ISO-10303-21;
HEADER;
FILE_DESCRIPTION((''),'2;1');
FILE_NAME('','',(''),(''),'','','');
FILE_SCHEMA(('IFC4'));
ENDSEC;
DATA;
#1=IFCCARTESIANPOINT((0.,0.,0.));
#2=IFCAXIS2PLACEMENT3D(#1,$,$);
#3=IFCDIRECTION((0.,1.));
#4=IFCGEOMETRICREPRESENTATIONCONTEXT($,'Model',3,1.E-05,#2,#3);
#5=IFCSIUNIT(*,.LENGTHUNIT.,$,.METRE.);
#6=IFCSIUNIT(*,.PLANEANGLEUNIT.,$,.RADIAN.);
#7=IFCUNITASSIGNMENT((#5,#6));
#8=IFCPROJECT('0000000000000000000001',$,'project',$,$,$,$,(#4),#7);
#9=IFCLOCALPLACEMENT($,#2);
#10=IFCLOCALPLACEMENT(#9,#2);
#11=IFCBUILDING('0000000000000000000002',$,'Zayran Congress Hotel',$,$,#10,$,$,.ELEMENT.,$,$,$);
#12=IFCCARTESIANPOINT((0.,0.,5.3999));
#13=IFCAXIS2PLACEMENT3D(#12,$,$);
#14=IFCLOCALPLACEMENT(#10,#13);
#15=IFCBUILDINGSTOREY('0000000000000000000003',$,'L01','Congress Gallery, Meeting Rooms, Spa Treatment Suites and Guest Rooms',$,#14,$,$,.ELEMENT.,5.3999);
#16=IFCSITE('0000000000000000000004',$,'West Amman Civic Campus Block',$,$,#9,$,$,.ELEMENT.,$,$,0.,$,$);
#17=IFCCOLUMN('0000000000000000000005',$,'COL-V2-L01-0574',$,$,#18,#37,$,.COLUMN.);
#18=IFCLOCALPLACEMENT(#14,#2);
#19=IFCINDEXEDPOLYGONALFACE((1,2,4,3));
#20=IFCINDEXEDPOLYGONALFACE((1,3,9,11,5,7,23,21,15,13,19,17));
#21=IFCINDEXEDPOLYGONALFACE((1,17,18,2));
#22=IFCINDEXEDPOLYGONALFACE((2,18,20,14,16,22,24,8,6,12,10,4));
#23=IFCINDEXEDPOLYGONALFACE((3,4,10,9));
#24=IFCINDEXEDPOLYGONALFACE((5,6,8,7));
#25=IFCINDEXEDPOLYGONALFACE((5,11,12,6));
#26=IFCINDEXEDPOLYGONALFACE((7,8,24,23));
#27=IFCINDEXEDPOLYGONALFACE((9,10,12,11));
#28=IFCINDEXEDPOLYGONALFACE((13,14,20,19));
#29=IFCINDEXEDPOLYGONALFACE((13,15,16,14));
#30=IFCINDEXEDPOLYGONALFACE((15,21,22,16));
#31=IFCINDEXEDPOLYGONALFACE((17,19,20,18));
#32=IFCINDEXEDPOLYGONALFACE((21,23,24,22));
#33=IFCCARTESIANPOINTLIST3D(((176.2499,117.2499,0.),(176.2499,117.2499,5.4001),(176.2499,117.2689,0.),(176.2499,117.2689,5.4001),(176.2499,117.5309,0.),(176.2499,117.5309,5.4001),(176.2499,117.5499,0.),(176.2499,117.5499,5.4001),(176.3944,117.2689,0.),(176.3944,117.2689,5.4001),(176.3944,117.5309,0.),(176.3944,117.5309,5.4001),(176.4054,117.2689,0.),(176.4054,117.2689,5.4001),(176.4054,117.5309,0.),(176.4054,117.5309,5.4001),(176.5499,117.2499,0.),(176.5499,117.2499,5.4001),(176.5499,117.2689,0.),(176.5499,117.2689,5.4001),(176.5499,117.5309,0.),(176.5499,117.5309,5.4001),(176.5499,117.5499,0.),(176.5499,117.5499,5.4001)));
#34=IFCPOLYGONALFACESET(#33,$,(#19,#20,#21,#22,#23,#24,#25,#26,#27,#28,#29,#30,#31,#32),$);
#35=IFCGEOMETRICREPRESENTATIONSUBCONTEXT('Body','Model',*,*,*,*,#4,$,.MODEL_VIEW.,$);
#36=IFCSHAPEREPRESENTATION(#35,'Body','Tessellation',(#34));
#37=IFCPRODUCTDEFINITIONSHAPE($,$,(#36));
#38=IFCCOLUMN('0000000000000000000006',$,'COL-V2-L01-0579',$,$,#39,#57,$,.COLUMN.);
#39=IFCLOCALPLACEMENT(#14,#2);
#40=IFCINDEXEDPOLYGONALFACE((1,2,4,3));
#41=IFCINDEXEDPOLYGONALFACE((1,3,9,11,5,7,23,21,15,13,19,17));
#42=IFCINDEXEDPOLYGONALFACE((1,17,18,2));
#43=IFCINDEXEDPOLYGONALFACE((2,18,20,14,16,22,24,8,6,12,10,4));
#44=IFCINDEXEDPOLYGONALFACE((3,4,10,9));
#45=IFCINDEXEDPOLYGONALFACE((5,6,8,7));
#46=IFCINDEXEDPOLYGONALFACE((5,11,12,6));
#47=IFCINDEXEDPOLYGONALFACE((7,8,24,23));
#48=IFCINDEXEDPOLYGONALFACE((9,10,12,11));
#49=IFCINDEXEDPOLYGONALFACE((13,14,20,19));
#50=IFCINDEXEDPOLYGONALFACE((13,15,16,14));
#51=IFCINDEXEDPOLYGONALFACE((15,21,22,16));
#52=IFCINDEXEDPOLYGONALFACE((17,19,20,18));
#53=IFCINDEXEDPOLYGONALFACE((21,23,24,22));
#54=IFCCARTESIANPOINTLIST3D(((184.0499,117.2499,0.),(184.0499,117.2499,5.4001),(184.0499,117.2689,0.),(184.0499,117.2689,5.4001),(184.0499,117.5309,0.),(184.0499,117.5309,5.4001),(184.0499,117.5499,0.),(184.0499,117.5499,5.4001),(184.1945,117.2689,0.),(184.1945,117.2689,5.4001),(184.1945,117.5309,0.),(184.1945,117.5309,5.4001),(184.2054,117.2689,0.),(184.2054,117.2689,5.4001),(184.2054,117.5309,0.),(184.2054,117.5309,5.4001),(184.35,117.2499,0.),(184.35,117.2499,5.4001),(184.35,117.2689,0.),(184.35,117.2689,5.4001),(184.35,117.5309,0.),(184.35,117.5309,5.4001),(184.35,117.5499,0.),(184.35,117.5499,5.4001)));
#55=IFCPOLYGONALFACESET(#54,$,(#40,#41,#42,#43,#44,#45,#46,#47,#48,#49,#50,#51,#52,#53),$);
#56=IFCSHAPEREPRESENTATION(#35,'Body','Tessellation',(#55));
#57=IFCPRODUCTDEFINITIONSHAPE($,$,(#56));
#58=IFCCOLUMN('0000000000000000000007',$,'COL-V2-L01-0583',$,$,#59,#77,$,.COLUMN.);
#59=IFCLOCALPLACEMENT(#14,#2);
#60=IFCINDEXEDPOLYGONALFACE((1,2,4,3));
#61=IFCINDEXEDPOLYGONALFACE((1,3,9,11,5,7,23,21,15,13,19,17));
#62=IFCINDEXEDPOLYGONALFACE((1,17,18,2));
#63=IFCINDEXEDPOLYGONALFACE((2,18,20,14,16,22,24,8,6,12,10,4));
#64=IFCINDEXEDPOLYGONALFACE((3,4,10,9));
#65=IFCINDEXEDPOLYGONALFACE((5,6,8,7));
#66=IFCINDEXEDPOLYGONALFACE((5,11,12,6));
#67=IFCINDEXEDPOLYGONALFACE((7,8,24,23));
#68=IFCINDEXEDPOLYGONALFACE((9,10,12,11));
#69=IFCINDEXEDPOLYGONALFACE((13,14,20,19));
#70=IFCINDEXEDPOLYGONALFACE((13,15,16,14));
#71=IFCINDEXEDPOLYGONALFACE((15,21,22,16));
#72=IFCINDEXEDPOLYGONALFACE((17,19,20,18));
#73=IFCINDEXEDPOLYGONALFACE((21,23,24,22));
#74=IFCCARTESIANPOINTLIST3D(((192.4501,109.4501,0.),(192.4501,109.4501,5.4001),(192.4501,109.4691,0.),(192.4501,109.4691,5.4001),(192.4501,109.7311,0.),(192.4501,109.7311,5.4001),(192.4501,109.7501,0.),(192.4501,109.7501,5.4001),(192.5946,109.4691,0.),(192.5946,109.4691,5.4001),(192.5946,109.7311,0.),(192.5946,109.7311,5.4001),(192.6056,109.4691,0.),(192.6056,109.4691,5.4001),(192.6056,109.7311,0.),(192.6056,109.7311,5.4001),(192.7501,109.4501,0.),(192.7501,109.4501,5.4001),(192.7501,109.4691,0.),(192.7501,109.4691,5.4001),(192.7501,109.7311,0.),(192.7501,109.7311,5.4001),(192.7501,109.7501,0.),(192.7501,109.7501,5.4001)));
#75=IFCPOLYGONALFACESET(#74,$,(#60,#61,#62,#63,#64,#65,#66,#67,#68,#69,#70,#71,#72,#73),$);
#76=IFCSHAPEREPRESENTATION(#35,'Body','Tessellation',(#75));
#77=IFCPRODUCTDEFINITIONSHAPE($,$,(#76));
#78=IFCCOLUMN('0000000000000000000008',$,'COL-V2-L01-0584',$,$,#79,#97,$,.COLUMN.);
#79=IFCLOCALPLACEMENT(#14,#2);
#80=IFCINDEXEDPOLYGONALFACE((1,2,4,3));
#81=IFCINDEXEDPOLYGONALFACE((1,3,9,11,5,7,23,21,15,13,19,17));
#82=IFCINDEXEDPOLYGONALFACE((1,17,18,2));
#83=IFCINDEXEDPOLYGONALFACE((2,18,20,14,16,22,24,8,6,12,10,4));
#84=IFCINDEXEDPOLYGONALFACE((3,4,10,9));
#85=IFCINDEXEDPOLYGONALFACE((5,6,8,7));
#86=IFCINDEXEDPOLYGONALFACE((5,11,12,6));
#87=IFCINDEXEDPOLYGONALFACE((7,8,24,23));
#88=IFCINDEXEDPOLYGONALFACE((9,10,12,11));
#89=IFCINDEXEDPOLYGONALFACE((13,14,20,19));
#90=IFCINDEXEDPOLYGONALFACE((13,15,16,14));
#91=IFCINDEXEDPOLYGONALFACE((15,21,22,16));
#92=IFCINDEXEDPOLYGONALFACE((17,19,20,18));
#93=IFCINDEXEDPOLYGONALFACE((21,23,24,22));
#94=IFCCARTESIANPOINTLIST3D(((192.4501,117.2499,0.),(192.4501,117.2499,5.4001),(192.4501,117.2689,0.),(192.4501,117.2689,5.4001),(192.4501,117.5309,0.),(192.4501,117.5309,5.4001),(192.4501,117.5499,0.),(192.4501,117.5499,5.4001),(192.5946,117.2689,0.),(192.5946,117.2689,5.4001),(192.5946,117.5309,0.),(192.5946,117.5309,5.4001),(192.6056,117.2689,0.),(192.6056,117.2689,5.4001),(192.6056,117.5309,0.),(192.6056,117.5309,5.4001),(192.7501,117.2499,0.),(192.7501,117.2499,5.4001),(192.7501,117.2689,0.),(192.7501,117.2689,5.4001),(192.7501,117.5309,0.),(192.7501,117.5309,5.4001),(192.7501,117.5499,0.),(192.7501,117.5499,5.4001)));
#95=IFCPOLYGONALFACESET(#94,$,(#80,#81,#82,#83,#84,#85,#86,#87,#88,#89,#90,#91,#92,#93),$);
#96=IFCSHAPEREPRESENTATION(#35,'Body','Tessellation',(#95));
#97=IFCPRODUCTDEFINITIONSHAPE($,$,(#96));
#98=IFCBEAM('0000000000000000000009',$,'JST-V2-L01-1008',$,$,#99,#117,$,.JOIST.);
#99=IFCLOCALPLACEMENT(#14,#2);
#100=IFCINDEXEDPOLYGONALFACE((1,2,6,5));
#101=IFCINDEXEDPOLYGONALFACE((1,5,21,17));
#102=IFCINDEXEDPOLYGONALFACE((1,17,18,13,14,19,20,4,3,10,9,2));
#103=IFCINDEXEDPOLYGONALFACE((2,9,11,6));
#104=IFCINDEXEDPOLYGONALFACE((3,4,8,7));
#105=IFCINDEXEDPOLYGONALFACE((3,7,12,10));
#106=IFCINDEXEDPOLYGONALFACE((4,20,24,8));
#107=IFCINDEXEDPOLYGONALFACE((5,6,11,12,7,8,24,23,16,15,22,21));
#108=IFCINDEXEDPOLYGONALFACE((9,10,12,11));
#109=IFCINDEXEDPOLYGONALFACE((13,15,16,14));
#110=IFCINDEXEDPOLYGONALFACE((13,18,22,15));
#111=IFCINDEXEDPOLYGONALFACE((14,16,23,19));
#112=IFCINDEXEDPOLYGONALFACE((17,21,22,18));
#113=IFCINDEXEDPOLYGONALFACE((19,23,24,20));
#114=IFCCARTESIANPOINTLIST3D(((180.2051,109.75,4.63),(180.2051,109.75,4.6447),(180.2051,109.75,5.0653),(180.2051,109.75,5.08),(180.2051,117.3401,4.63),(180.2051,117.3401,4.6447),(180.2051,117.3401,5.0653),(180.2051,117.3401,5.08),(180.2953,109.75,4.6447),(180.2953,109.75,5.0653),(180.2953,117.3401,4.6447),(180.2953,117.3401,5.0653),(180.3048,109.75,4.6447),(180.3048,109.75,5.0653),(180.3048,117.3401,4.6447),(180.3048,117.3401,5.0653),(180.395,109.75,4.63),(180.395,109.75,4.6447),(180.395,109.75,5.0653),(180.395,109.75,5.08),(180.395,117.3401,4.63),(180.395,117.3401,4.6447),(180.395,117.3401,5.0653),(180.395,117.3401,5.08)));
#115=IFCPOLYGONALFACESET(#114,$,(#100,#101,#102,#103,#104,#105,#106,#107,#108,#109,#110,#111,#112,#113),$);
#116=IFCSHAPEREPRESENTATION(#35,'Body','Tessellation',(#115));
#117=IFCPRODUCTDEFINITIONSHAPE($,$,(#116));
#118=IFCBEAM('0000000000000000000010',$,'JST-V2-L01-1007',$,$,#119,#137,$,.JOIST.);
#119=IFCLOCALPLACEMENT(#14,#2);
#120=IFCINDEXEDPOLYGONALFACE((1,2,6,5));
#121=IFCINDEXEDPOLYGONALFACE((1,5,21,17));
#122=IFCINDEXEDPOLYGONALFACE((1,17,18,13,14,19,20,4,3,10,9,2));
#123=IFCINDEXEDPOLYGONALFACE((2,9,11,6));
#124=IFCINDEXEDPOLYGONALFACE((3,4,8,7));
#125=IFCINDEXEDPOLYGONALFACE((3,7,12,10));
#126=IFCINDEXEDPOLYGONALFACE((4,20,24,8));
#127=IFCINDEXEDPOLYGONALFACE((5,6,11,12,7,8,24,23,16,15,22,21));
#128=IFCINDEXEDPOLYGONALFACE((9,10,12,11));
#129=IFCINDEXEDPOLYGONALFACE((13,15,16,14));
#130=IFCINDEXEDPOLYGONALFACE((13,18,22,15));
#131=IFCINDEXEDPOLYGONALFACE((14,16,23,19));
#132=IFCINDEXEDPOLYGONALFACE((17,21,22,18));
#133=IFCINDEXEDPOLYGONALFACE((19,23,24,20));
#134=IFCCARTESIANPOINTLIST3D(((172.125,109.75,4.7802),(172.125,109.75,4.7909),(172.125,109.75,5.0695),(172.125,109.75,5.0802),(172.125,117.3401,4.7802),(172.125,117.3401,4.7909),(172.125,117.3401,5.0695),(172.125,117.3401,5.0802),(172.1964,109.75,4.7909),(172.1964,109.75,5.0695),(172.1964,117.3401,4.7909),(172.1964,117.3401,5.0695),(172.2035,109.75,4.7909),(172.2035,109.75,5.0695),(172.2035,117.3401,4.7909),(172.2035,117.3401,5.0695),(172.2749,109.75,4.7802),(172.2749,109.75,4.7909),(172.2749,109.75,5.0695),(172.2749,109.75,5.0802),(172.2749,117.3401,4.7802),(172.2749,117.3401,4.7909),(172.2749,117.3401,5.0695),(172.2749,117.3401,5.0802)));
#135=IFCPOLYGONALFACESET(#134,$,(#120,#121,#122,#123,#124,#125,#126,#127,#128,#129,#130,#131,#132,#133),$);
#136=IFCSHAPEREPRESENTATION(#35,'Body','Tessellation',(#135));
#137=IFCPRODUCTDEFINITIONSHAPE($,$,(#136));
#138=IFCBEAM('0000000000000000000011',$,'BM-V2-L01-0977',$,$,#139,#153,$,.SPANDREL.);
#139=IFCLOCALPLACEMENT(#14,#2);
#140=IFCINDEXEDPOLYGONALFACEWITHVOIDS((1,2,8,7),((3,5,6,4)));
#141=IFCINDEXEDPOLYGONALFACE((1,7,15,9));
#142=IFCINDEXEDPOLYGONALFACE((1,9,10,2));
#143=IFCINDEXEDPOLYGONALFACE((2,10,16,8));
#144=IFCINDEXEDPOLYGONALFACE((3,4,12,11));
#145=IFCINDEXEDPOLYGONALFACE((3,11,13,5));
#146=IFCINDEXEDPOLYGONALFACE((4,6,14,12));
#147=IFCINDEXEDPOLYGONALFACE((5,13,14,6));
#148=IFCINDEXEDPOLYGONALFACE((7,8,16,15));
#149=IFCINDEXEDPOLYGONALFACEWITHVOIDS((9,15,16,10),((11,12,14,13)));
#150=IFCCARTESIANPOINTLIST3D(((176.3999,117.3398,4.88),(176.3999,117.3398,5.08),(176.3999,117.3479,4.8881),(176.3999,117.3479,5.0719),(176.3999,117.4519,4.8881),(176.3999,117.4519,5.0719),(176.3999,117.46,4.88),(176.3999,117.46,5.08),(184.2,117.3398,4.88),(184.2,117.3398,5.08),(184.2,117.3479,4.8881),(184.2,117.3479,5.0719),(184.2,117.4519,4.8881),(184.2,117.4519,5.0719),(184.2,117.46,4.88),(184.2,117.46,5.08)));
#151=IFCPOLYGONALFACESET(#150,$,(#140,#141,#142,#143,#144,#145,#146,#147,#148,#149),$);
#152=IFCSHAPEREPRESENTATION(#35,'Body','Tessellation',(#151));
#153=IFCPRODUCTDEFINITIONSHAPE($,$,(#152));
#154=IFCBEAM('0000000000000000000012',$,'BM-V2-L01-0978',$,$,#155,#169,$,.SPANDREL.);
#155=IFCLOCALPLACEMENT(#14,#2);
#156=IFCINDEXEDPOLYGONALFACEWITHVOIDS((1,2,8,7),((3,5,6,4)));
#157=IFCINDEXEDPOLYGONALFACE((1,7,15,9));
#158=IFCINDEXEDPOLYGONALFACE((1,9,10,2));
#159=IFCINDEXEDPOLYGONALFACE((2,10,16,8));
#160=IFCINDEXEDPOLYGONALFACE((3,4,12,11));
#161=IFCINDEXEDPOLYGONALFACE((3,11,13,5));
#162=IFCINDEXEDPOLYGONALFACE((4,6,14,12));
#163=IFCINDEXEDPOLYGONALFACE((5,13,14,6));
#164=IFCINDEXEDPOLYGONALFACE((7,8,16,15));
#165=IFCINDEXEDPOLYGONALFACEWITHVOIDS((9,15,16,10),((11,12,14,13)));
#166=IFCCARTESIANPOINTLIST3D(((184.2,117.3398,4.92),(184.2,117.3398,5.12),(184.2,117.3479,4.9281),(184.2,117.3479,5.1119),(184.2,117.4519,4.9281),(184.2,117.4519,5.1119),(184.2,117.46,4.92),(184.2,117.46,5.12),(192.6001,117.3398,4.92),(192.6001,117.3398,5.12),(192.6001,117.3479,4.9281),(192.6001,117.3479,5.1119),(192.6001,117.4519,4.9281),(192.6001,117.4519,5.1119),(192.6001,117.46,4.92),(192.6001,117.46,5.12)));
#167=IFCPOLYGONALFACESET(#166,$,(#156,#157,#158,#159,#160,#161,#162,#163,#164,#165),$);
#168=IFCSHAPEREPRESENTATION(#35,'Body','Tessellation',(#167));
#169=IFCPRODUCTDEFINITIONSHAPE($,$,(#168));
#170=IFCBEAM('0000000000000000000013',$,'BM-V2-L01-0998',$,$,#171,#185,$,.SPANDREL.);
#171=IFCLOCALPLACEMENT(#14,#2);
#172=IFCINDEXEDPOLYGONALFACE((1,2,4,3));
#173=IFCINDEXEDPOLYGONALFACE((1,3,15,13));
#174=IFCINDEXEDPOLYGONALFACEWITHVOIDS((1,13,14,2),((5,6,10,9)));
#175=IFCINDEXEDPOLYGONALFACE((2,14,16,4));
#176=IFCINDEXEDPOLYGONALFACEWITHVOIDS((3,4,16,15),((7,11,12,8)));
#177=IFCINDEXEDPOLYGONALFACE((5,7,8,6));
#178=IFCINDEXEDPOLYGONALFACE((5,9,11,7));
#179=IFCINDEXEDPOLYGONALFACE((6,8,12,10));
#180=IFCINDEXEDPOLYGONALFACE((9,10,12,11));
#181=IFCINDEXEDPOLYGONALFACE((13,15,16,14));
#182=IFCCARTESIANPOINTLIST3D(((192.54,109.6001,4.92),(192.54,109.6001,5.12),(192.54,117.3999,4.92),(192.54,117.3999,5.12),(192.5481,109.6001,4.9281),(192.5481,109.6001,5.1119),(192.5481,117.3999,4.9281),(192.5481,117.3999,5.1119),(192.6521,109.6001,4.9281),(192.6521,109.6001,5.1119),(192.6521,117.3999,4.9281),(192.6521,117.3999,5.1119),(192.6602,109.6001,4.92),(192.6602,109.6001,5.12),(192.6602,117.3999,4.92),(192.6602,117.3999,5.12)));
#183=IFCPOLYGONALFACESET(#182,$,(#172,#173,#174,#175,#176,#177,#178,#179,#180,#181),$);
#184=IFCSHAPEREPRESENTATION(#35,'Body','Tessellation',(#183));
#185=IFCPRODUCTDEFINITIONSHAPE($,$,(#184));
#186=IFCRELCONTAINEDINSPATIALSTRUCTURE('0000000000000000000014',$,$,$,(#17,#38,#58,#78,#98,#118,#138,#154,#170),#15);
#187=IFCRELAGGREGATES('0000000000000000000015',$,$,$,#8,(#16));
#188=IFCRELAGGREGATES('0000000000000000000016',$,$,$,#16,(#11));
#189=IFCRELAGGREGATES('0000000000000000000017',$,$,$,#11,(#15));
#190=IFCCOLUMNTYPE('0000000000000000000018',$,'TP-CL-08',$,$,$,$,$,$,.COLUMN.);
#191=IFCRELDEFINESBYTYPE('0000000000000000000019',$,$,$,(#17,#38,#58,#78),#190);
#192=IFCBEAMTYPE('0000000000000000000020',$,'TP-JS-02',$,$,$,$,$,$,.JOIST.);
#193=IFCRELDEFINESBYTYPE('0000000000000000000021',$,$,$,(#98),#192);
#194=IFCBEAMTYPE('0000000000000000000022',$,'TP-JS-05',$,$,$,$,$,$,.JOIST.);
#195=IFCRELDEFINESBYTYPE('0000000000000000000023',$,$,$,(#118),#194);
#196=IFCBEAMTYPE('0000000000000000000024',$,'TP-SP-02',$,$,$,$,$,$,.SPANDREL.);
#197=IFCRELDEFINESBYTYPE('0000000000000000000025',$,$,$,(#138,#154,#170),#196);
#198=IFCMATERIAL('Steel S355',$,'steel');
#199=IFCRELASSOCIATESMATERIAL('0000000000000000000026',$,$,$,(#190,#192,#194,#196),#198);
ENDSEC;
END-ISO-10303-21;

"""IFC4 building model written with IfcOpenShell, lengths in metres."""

from ifc_helpers import new_model, si_unit, direction, frame, origin, origin_2d, place, context, subcontext, project, spatial, hollow_rectangle, i_section, extrude, material, material_profile, profile_set, type_object, element, save


model = new_model("IFC4")

# Units and contexts
model_context = context("Model", 3, precision=1e-05, world=origin(), true_north=direction((0.0, 1.0)))
body_context = subcontext(model_context, "Body", "Model", "MODEL_VIEW")
ifc_project = project(units=[si_unit("LENGTHUNIT", "METRE"), si_unit("PLANEANGLEUNIT", "RADIAN")], contexts=[model_context])

# Site, building, storey
site_placement = place(None, origin())
site = spatial("IfcSite", under=ifc_project, at=site_placement, Name="West Amman Civic Campus Block", CompositionType="ELEMENT", RefElevation=0.0)
building_placement = place(site_placement, origin())
building = spatial("IfcBuilding", under=site, at=building_placement, Name="Zayran Congress Hotel", CompositionType="ELEMENT")
storey_placement = place(building_placement, frame((0.0, 0.0, 5.3999)))
storey = spatial("IfcBuildingStorey", under=building, at=storey_placement, Name="L01", Description="Congress Gallery, Meeting Rooms, Spa Treatment Suites and Guest Rooms", CompositionType="ELEMENT", Elevation=5.3999)

# Columns
ifc_material_1 = material(Name="Steel S355", Category="steel")
ifc_material_profile_1 = material_profile(ifc_material_1, i_section(OverallWidth=0.3, OverallDepth=0.3, WebThickness=0.011, FlangeThickness=0.019, at=origin_2d()), Name="HEB 300")
ifc_profile_set_1 = profile_set([ifc_material_profile_1], Name="Steel S355")
column_type = type_object("IfcColumnType", Name="TP-CL-08", PredefinedType="COLUMN", material=ifc_profile_set_1)
for number, where, z_axis, x_axis, name in (
    (1, (176.3999, 117.3999, 0.0), (0.0, 0.0, 1.0), (1.0, 0.0, 0.0), "COL-V2-L01-0574"),
    (2, (184.2, 117.3999, 0.0), (0.0, 0.0, 1.0), (1.0, 0.0, 0.0), "COL-V2-L01-0579"),
    (3, (192.6001, 109.6001, 0.0), (0.0, 0.0, 1.0), (1.0, 0.0, 0.0), "COL-V2-L01-0583"),
    (4, (192.6001, 117.3999, 0.0), (0.0, 0.0, 1.0), (1.0, 0.0, 0.0), "COL-V2-L01-0584"),
):
    element("IfcColumn", number, at=place(storey_placement, frame(where, z_axis=z_axis, x_axis=x_axis)), inside=storey, type_object=column_type, Name=name, PredefinedType="COLUMN", context=body_context, shape_type="SweptSolid", body=[
        extrude(i_section(OverallWidth=0.3, OverallDepth=0.3, WebThickness=0.011, FlangeThickness=0.019, at=origin_2d()), origin(), (0.0, 0.0, 1.0), 5.4001),
    ])

# Beams
ifc_material_profile_2 = material_profile(ifc_material_1, i_section(OverallWidth=0.1899, OverallDepth=0.45, WebThickness=0.0095, FlangeThickness=0.0146, at=origin_2d()), Name="IPE 450")
ifc_profile_set_2 = profile_set([ifc_material_profile_2], Name="Steel S355")
beam_type_1 = type_object("IfcBeamType", Name="TP-JS-02", PredefinedType="JOIST", material=ifc_profile_set_2)
beam_1_placement = place(storey_placement, frame((180.3, 109.75, 4.855), z_axis=(0.0, 1.0, 0.0), x_axis=(-1.0, 0.0, 0.0)))
element("IfcBeam", 5, at=beam_1_placement, inside=storey, type_object=beam_type_1, Name="JST-V2-L01-1008", PredefinedType="JOIST", context=body_context, shape_type="SweptSolid", body=[
    extrude(i_section(OverallWidth=0.1899, OverallDepth=0.45, WebThickness=0.0095, FlangeThickness=0.0146, at=origin_2d()), origin(), (0.0, 0.0, 1.0), 7.5901),
])
ifc_material_profile_3 = material_profile(ifc_material_1, i_section(OverallWidth=0.1499, OverallDepth=0.3, WebThickness=0.0071, FlangeThickness=0.0107, at=origin_2d()), Name="IPE 300")
ifc_profile_set_3 = profile_set([ifc_material_profile_3], Name="Steel S355")
beam_type_2 = type_object("IfcBeamType", Name="TP-JS-05", PredefinedType="JOIST", material=ifc_profile_set_3)
beam_2_placement = place(storey_placement, frame((172.2, 109.75, 4.9302), z_axis=(0.0, 1.0, 0.0), x_axis=(-1.0, 0.0, 0.0)))
element("IfcBeam", 6, at=beam_2_placement, inside=storey, type_object=beam_type_2, Name="JST-V2-L01-1007", PredefinedType="JOIST", context=body_context, shape_type="SweptSolid", body=[
    extrude(i_section(OverallWidth=0.1499, OverallDepth=0.3, WebThickness=0.0071, FlangeThickness=0.0107, at=origin_2d()), origin(), (0.0, 0.0, 1.0), 7.5901),
])
ifc_material_profile_4 = material_profile(ifc_material_1, hollow_rectangle(XDim=0.1201, YDim=0.2, WallThickness=0.0081, at=origin_2d()), Name="RHS 200x120x8")
ifc_profile_set_4 = profile_set([ifc_material_profile_4], Name="Steel S355")
beam_type_3 = type_object("IfcBeamType", Name="TP-SP-02", PredefinedType="SPANDREL", material=ifc_profile_set_4)
beam_3_placement = place(storey_placement, frame((176.3999, 117.3999, 4.98), z_axis=(1.0, 0.0, 0.0), x_axis=(0.0, 1.0, 0.0)))
element("IfcBeam", 7, at=beam_3_placement, inside=storey, type_object=beam_type_3, Name="BM-V2-L01-0977", PredefinedType="SPANDREL", context=body_context, shape_type="SweptSolid", body=[
    extrude(hollow_rectangle(XDim=0.1201, YDim=0.2, WallThickness=0.0081, at=origin_2d()), origin(), (0.0, 0.0, 1.0), 7.8),
])
beam_4_placement = place(storey_placement, frame((184.2, 117.3999, 5.02), z_axis=(1.0, 0.0, 0.0), x_axis=(0.0, 1.0, 0.0)))
element("IfcBeam", 8, at=beam_4_placement, inside=storey, type_object=beam_type_3, Name="BM-V2-L01-0978", PredefinedType="SPANDREL", context=body_context, shape_type="SweptSolid", body=[
    extrude(hollow_rectangle(XDim=0.1201, YDim=0.2, WallThickness=0.0081, at=origin_2d()), origin(), (0.0, 0.0, 1.0), 8.4001),
])
beam_5_placement = place(storey_placement, frame((192.6001, 109.6001, 5.02), z_axis=(0.0, 1.0, 0.0), x_axis=(-1.0, 0.0, 0.0)))
element("IfcBeam", 9, at=beam_5_placement, inside=storey, type_object=beam_type_3, Name="BM-V2-L01-0998", PredefinedType="SPANDREL", context=body_context, shape_type="SweptSolid", body=[
    extrude(hollow_rectangle(XDim=0.1201, YDim=0.2, WallThickness=0.0081, at=origin_2d()), origin(), (0.0, 0.0, 1.0), 7.7998),
])

save(model, "model.ifc")
